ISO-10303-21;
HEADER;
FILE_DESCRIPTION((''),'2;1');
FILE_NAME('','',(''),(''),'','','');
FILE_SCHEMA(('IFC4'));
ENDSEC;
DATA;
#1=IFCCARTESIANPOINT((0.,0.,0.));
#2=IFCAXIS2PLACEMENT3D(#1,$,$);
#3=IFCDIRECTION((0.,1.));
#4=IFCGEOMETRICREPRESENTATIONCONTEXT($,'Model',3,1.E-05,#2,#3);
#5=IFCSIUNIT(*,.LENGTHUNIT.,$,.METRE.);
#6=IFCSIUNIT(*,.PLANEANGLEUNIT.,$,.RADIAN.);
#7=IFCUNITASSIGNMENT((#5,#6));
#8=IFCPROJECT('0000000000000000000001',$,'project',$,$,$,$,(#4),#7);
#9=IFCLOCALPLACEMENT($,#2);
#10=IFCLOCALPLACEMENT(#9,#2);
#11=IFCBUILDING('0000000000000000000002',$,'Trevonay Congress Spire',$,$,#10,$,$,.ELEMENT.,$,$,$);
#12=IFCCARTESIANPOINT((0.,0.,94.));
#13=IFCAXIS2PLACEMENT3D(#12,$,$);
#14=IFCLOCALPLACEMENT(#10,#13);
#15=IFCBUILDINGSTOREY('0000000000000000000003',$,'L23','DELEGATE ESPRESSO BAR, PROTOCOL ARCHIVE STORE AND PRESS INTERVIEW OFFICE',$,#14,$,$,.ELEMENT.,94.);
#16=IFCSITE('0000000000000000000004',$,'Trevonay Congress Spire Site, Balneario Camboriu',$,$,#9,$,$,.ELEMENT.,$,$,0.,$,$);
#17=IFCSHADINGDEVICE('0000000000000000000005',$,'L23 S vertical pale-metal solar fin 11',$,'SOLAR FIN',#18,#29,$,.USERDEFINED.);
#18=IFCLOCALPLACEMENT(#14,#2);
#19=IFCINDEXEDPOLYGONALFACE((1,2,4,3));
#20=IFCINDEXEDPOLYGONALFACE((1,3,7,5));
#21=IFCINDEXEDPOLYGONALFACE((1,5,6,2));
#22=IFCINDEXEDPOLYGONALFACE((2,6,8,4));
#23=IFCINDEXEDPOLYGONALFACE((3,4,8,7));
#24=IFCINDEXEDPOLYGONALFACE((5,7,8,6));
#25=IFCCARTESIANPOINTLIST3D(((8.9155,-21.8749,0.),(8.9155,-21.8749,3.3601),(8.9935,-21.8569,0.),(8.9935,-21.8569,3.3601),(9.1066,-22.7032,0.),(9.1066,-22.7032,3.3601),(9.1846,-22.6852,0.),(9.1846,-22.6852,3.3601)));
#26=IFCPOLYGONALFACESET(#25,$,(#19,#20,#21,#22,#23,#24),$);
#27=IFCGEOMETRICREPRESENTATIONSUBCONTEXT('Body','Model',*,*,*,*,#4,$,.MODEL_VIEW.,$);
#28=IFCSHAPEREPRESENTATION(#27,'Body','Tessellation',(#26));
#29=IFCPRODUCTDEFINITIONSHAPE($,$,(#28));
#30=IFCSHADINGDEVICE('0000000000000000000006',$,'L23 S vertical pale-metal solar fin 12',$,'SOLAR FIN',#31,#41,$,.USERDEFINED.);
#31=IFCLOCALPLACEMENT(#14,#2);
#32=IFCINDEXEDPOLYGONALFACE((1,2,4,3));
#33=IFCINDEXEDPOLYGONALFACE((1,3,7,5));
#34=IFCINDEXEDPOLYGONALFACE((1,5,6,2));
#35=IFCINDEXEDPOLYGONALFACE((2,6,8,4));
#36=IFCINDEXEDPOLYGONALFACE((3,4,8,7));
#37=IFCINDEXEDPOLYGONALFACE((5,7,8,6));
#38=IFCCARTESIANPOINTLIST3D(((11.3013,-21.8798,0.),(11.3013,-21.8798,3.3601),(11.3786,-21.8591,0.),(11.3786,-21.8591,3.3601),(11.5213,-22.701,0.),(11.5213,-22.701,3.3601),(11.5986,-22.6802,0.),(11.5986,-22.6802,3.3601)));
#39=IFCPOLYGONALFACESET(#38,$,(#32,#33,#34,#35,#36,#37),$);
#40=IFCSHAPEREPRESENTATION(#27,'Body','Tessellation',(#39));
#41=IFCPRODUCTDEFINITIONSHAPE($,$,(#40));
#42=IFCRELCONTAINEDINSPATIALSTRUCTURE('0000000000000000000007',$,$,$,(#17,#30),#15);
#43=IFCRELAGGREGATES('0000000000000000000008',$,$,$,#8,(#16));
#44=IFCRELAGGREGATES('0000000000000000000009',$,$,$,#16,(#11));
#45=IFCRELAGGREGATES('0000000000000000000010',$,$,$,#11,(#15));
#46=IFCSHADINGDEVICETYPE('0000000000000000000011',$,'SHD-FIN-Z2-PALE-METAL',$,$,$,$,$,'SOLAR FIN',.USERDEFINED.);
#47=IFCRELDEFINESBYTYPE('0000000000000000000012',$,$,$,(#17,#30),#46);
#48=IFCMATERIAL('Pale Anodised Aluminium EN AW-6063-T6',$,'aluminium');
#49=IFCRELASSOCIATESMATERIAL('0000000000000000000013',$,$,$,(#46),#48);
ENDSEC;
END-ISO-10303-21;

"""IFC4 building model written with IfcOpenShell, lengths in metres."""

from ifc_helpers import new_model, si_unit, direction, frame, origin, origin_2d, place, context, subcontext, project, spatial, rectangle, extrude, material, type_object, element, save


model = new_model("IFC4")

# Units and contexts
model_context = context("Model", 3, precision=1e-05, world=origin(), true_north=direction((0.0, 1.0)))
body_context = subcontext(model_context, "Body", "Model", "MODEL_VIEW")
ifc_project = project(units=[si_unit("LENGTHUNIT", "METRE"), si_unit("PLANEANGLEUNIT", "RADIAN")], contexts=[model_context])

# Site, building, storey
site_placement = place(None, origin())
site = spatial("IfcSite", under=ifc_project, at=site_placement, Name="Trevonay Congress Spire Site, Balneario Camboriu", CompositionType="ELEMENT", RefElevation=0.0)
building_placement = place(site_placement, origin())
building = spatial("IfcBuilding", under=site, at=building_placement, Name="Trevonay Congress Spire", CompositionType="ELEMENT")
storey_placement = place(building_placement, frame((0.0, 0.0, 94.0)))
storey = spatial("IfcBuildingStorey", under=building, at=storey_placement, Name="L23", Description="DELEGATE ESPRESSO BAR, PROTOCOL ARCHIVE STORE AND PRESS INTERVIEW OFFICE", CompositionType="ELEMENT", Elevation=94.0)

# Shared definitions
ifc_material_1 = material(Name="Pale Anodised Aluminium EN AW-6063-T6", Category="aluminium")

# Shading devices
shading_device_type = type_object("IfcShadingDeviceType", Name="SHD-FIN-Z2-PALE-METAL", ElementType="SOLAR FIN", PredefinedType="USERDEFINED", material=ifc_material_1)
for number, where, z_axis, x_axis, name in (
    (1, (9.05, -22.28, 0.0), (0.0, 0.0, 1.0), (0.974409, 0.224781, 0.0), "L23 S vertical pale-metal solar fin 11"),
    (2, (11.45, -22.28, 0.0), (0.0, 0.0, 1.0), (0.965926, 0.258819, 0.0), "L23 S vertical pale-metal solar fin 12"),
):
    element("IfcShadingDevice", number, at=place(storey_placement, frame(where, z_axis=z_axis, x_axis=x_axis)), inside=storey, type_object=shading_device_type, Name=name, ObjectType="SOLAR FIN", PredefinedType="USERDEFINED", context=body_context, shape_type="SweptSolid", body=[
        extrude(rectangle(XDim=0.0801, YDim=0.8501, at=origin_2d()), origin(), (0.0, 0.0, 1.0), 3.3601),
    ])

save(model, "model.ifc")
